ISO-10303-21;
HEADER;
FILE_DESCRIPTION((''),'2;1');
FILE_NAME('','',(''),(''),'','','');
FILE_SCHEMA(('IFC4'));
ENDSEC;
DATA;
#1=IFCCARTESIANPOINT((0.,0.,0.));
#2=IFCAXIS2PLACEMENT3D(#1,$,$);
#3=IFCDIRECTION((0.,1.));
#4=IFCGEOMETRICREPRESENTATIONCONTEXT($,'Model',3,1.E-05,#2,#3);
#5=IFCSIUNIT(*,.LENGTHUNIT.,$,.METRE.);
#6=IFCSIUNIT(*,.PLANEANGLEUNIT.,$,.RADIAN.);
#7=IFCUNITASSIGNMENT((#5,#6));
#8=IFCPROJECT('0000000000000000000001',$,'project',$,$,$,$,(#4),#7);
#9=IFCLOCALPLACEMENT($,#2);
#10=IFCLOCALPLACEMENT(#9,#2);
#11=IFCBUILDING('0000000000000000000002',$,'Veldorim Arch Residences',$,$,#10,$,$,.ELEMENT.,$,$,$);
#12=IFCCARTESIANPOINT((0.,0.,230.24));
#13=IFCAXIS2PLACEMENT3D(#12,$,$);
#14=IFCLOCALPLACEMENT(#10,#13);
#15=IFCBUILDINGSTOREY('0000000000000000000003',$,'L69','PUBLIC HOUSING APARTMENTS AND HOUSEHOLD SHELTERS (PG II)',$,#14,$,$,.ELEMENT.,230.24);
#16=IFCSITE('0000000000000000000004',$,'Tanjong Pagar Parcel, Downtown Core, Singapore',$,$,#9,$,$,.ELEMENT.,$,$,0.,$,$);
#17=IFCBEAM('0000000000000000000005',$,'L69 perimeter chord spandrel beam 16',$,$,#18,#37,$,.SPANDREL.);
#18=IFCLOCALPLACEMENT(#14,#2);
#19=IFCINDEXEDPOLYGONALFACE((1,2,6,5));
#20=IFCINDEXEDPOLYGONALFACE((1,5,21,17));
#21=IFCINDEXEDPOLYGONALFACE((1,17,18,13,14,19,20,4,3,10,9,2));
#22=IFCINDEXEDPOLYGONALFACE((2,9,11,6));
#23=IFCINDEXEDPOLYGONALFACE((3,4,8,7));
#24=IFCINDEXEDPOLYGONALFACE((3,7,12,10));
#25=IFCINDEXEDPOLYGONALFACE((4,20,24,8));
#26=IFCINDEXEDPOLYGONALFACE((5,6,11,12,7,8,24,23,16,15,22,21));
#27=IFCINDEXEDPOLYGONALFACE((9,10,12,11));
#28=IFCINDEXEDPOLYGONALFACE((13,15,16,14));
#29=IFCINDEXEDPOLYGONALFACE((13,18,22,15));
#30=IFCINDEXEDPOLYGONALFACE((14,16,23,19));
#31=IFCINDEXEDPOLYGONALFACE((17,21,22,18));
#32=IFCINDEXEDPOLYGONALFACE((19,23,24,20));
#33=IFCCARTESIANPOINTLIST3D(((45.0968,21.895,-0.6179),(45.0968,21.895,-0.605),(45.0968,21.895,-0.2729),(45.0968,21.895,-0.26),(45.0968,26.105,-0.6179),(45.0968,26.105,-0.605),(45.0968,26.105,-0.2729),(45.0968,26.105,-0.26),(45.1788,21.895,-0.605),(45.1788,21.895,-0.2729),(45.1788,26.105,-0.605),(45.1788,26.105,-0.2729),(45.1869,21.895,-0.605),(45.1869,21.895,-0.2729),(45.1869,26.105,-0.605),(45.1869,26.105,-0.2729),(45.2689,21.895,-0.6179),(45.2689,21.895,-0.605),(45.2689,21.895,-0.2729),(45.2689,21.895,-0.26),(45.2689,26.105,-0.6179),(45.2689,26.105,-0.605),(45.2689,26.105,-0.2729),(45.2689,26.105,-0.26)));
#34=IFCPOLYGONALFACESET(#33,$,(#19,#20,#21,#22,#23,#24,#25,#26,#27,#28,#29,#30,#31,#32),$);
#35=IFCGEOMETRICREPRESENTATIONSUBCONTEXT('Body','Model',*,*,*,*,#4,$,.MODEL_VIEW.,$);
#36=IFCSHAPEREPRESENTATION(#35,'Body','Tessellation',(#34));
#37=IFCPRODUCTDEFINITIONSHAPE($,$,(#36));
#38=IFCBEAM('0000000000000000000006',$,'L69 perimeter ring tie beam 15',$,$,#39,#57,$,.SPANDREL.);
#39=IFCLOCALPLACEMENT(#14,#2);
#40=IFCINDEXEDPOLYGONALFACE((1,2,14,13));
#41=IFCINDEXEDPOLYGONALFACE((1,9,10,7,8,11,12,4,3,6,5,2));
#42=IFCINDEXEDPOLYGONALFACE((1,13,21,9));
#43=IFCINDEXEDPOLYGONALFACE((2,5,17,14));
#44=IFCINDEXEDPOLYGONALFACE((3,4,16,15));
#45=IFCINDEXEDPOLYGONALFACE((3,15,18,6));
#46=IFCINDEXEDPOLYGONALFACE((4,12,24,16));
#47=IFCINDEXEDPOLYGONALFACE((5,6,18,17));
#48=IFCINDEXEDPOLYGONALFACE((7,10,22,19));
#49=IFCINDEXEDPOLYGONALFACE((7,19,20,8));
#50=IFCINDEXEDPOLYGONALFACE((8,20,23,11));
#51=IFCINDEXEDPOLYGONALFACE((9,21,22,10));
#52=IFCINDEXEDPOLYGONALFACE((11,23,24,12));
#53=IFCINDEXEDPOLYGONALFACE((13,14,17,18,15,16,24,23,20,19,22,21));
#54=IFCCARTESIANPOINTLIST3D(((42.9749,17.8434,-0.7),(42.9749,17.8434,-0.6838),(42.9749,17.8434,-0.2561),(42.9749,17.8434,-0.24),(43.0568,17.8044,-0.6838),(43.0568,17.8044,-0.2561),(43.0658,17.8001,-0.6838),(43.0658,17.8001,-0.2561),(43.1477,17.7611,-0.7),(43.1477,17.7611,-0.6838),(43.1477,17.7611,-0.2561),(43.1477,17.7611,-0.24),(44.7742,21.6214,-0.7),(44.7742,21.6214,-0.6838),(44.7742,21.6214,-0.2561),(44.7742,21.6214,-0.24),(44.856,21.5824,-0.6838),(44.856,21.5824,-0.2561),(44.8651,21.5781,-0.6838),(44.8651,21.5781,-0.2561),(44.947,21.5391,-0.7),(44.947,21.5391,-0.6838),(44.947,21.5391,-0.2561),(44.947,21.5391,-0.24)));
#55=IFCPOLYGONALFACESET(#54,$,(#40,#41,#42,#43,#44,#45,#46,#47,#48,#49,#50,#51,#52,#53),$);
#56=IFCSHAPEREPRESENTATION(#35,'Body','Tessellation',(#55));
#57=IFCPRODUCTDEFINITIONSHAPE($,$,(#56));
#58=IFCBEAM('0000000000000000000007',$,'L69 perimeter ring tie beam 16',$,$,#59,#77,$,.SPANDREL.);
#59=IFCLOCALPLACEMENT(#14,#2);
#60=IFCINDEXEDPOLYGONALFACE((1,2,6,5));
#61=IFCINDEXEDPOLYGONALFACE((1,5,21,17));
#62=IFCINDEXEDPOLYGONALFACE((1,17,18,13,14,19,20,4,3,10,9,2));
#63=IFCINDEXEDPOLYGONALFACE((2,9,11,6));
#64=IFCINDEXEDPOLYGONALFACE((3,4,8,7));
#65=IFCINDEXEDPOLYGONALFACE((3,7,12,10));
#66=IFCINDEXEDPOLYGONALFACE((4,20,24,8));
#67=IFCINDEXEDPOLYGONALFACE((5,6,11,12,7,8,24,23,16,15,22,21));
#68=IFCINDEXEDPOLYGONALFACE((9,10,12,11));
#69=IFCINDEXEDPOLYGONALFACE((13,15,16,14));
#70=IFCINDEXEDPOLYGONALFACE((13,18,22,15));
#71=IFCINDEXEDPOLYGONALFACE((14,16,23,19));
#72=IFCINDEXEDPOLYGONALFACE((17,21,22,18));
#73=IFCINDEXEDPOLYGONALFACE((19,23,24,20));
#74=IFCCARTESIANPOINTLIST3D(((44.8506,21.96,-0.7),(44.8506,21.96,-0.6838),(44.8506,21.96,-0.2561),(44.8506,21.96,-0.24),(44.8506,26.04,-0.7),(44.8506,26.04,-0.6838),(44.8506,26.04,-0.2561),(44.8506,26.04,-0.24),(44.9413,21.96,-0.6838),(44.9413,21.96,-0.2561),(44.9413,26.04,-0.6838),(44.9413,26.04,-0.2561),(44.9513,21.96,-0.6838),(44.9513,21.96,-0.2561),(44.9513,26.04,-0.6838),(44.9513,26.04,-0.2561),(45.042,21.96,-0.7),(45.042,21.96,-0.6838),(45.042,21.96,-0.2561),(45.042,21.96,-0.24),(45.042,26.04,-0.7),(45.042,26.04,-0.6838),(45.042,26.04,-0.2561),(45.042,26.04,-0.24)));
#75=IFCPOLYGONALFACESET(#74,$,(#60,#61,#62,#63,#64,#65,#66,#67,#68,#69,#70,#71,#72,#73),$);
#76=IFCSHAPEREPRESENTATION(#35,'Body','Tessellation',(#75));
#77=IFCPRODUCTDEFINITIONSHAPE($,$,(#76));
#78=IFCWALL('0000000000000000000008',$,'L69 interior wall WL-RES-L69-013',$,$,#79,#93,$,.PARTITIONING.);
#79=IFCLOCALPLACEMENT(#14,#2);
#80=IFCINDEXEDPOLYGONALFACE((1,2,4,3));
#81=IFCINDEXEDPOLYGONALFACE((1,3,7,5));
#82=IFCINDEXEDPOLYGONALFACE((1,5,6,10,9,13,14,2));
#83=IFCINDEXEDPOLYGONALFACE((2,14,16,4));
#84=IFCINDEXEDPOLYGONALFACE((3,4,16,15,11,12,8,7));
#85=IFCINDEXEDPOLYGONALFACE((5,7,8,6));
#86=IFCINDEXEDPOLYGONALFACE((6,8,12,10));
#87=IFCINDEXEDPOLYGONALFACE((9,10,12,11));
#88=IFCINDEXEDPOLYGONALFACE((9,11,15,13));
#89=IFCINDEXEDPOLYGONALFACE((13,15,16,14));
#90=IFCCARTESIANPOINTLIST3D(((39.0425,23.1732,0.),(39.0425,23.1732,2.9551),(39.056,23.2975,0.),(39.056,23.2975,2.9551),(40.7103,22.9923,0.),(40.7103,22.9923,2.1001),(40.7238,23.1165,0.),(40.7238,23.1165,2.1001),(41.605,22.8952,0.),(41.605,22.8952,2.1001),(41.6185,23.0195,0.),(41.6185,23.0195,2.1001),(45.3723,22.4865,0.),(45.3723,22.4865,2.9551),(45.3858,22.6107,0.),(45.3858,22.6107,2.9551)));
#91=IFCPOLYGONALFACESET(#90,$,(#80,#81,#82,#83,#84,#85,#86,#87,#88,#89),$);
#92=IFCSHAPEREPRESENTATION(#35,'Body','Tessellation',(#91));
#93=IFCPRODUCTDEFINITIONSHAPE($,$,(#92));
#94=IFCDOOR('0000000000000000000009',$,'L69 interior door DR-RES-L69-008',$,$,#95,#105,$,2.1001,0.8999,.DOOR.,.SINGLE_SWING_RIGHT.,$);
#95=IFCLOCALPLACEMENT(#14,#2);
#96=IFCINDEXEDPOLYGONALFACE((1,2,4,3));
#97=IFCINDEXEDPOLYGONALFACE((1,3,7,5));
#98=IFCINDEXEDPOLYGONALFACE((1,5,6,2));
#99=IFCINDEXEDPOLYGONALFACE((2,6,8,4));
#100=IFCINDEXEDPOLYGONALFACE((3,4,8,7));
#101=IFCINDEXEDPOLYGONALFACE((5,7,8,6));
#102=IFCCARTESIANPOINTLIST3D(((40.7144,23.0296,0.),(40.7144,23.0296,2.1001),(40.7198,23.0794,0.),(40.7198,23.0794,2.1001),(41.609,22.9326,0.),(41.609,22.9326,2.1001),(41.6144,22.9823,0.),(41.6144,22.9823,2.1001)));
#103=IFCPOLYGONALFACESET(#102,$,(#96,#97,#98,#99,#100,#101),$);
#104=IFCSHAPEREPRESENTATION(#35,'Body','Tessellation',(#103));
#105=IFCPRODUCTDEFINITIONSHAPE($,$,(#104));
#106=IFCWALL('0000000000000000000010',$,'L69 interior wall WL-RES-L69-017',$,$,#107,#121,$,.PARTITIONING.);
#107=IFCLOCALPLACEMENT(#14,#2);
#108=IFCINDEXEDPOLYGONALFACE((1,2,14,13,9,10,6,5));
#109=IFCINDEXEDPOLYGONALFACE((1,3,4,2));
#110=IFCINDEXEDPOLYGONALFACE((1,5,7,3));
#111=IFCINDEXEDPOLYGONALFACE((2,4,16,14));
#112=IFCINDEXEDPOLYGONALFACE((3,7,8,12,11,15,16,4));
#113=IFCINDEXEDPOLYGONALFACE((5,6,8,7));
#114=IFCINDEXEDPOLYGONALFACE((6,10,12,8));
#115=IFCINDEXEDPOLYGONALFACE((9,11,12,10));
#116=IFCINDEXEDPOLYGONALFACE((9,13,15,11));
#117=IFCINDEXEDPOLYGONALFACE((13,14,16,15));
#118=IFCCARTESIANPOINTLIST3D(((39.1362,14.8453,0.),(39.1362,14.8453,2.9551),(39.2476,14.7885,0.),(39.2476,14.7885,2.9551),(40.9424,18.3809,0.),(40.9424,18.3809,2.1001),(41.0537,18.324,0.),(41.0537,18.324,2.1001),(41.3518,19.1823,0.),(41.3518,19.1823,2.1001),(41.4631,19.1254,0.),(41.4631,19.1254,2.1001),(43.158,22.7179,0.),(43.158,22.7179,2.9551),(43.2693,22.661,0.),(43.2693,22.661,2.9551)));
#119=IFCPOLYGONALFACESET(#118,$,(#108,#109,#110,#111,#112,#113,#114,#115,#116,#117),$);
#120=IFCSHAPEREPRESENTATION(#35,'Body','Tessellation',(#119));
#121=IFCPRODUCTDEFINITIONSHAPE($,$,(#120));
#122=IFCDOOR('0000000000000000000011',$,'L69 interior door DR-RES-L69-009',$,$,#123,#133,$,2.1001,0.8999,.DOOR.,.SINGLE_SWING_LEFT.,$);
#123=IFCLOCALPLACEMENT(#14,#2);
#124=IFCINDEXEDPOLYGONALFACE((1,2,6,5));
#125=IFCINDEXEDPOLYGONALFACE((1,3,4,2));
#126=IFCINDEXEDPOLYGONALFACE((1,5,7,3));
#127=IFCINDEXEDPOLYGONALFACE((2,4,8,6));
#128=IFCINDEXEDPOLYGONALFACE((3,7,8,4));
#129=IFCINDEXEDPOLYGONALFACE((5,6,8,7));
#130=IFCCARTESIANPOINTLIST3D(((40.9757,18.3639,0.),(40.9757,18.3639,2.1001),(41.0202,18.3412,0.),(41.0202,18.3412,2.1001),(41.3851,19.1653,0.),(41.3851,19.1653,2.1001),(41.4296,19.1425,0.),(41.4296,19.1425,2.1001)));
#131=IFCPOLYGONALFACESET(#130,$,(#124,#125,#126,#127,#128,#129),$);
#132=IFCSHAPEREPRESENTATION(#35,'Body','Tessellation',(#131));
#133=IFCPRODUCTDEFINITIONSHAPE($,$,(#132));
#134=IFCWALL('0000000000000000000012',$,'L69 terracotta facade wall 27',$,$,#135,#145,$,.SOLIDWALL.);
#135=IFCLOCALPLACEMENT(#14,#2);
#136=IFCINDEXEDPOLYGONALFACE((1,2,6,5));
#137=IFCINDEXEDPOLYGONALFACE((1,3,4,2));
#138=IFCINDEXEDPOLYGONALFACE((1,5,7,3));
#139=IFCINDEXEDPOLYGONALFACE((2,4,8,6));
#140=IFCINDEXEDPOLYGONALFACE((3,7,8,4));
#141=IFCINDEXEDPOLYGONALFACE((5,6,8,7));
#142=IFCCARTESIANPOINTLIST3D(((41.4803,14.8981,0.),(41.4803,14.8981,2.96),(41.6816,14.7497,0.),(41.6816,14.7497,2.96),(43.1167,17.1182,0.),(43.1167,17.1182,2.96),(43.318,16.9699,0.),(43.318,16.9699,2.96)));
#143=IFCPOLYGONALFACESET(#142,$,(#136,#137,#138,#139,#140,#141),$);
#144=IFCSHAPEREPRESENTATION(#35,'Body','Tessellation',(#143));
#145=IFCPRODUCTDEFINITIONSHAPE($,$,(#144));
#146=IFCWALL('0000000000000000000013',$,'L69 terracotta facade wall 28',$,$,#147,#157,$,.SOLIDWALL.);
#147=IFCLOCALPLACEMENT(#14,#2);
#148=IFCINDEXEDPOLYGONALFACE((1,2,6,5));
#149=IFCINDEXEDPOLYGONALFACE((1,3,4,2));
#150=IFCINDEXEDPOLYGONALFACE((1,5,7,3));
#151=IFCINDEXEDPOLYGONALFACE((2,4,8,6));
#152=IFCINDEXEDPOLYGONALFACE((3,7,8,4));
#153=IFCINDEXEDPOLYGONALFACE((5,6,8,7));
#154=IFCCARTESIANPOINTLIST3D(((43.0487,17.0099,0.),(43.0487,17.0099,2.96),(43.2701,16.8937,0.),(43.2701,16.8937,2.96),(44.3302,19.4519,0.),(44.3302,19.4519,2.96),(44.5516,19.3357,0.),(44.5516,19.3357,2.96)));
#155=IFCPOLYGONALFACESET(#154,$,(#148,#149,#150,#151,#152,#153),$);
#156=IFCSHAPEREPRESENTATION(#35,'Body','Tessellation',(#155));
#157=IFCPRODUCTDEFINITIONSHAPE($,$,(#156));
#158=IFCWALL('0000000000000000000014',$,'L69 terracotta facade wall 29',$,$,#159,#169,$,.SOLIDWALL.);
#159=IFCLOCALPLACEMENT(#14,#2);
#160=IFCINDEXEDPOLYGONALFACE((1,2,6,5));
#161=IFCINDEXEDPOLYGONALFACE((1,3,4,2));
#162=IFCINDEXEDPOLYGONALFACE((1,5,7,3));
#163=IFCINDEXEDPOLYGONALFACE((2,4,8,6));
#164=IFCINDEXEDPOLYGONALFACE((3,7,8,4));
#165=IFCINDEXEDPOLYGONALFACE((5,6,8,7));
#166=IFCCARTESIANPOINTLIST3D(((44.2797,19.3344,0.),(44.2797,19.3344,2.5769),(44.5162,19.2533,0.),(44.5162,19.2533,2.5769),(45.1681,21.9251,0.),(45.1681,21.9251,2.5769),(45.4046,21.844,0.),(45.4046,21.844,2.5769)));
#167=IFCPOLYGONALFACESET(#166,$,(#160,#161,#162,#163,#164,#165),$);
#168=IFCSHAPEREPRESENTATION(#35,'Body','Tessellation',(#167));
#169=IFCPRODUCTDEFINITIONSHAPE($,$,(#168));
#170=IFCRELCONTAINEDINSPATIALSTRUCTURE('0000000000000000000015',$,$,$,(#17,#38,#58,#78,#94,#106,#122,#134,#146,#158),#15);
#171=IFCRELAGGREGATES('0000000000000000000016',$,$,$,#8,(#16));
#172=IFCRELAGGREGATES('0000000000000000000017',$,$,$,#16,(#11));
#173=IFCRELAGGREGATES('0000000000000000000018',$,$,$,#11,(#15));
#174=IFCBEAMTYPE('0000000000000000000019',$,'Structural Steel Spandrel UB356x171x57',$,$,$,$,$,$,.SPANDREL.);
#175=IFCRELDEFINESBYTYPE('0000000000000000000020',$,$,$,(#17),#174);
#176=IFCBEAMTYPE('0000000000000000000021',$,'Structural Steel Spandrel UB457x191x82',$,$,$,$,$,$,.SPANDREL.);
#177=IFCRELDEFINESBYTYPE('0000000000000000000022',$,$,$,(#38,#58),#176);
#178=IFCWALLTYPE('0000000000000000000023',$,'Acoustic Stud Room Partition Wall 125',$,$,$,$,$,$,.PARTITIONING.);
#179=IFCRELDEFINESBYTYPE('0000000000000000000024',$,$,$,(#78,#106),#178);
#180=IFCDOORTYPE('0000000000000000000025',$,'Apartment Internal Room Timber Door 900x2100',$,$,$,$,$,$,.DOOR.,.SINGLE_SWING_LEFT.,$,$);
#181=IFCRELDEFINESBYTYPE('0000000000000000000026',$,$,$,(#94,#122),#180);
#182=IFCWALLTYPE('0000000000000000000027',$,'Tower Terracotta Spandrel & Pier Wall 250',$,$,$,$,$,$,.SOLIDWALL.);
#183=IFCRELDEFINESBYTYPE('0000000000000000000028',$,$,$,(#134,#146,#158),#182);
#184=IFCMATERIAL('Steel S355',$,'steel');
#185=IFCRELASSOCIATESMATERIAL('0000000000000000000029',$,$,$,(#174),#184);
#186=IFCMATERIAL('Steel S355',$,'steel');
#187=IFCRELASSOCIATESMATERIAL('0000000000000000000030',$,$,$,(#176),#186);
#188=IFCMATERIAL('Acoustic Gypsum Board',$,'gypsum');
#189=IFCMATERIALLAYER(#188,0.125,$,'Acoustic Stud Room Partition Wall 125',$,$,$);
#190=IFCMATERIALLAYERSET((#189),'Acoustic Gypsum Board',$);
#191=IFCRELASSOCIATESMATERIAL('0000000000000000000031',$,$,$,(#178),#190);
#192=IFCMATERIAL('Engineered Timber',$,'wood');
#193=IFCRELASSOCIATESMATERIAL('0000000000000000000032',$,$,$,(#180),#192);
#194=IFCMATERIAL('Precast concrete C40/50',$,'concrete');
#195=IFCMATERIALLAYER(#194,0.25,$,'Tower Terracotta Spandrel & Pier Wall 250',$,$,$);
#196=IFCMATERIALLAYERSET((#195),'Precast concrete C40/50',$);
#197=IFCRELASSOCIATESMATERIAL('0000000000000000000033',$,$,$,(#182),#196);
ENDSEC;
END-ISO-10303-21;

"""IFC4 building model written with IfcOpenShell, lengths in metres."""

from ifc_helpers import new_model, si_unit, direction, frame, frame_2d, origin, origin_2d, place, context, subcontext, project, spatial, rectangle, i_section, extrude, material, layer, layer_set, material_profile, profile_set, type_object, element, fill, save


model = new_model("IFC4")

# Units and contexts
model_context = context("Model", 3, precision=1e-05, world=origin(), true_north=direction((0.0, 1.0)))
body_context = subcontext(model_context, "Body", "Model", "MODEL_VIEW")
ifc_project = project(units=[si_unit("LENGTHUNIT", "METRE"), si_unit("PLANEANGLEUNIT", "RADIAN")], contexts=[model_context])

# Site, building, storey
site_placement = place(None, origin())
site = spatial("IfcSite", under=ifc_project, at=site_placement, Name="Tanjong Pagar Parcel, Downtown Core, Singapore", CompositionType="ELEMENT", RefElevation=0.0)
building_placement = place(site_placement, origin())
building = spatial("IfcBuilding", under=site, at=building_placement, Name="Veldorim Arch Residences", CompositionType="ELEMENT")
storey_placement = place(building_placement, frame((0.0, 0.0, 230.24)))
storey = spatial("IfcBuildingStorey", under=building, at=storey_placement, Name="L69", Description="PUBLIC HOUSING APARTMENTS AND HOUSEHOLD SHELTERS (PG II)", CompositionType="ELEMENT", Elevation=230.24)

# Beams
ifc_material_1 = material(Name="Steel S355", Category="steel")
ifc_material_profile_1 = material_profile(ifc_material_1, i_section(OverallWidth=0.1721, OverallDepth=0.3579, WebThickness=0.0081, FlangeThickness=0.0129, at=origin_2d()), Name="UB356x171x57")
ifc_profile_set_1 = profile_set([ifc_material_profile_1], Name="Steel S355")
beam_type_1 = type_object("IfcBeamType", Name="Structural Steel Spandrel UB356x171x57", PredefinedType="SPANDREL", material=ifc_profile_set_1)
beam_1_placement = place(storey_placement, frame((45.1829, 21.895, -0.439), z_axis=(0.0, 1.0, 0.0), x_axis=(-1.0, 0.0, 0.0)))
element("IfcBeam", 1, at=beam_1_placement, inside=storey, type_object=beam_type_1, Name="L69 perimeter chord spandrel beam 16", PredefinedType="SPANDREL", context=body_context, shape_type="SweptSolid", body=[
    extrude(i_section(OverallWidth=0.1721, OverallDepth=0.3579, WebThickness=0.0081, FlangeThickness=0.0129, at=origin_2d()), origin(), (0.0, 0.0, 1.0), 4.21),
])
ifc_material_2 = material(Name="Steel S355", Category="steel")
ifc_material_profile_2 = material_profile(ifc_material_2, i_section(OverallWidth=0.1914, OverallDepth=0.46, WebThickness=0.01, FlangeThickness=0.0161, at=origin_2d()), Name="UB457x191x82")
ifc_profile_set_2 = profile_set([ifc_material_profile_2], Name="Steel S355")
beam_type_2 = type_object("IfcBeamType", Name="Structural Steel Spandrel UB457x191x82", PredefinedType="SPANDREL", material=ifc_profile_set_2)
beam_2_placement = place(storey_placement, frame((43.0613, 17.8022, -0.47), z_axis=(0.429979, 0.902839, 0.0), x_axis=(-0.902839, 0.429979, 0.0)))
element("IfcBeam", 2, at=beam_2_placement, inside=storey, type_object=beam_type_2, Name="L69 perimeter ring tie beam 15", PredefinedType="SPANDREL", context=body_context, shape_type="SweptSolid", body=[
    extrude(i_section(OverallWidth=0.1914, OverallDepth=0.46, WebThickness=0.01, FlangeThickness=0.0161, at=origin_2d()), origin(), (0.0, 0.0, 1.0), 4.1846),
])
beam_3_placement = place(storey_placement, frame((44.9463, 21.96, -0.47), z_axis=(0.0, 1.0, 0.0), x_axis=(-1.0, 0.0, 0.0)))
element("IfcBeam", 3, at=beam_3_placement, inside=storey, type_object=beam_type_2, Name="L69 perimeter ring tie beam 16", PredefinedType="SPANDREL", context=body_context, shape_type="SweptSolid", body=[
    extrude(i_section(OverallWidth=0.1914, OverallDepth=0.46, WebThickness=0.01, FlangeThickness=0.0161, at=origin_2d()), origin(), (0.0, 0.0, 1.0), 4.0801),
])

# Walls, openings, doors
ifc_material_3 = material(Name="Acoustic Gypsum Board", Category="gypsum")
ifc_layer_1 = layer(ifc_material_3, 0.125, Name="Acoustic Stud Room Partition Wall 125")
ifc_layer_set_1 = layer_set([ifc_layer_1], Name="Acoustic Gypsum Board")
wall_type_1 = type_object("IfcWallType", Name="Acoustic Stud Room Partition Wall 125", PredefinedType="PARTITIONING", material=ifc_layer_set_1)
wall_1_placement = place(storey_placement, frame((45.3792, 22.5486, 0.0), z_axis=(0.0, 0.0, 1.0), x_axis=(-0.994166, 0.107864, 0.0)))
wall_1 = element("IfcWall", 4, at=wall_1_placement, inside=storey, type_object=wall_type_1, Name="L69 interior wall WL-RES-L69-013", PredefinedType="PARTITIONING", context=body_context, shape_type="SweptSolid", body=[
    extrude(rectangle(XDim=6.3669, YDim=0.125, at=frame_2d((3.1836, 0.0))), origin(), (0.0, 0.0, 1.0), 2.9551),
])
opening_1_placement = place(wall_1_placement, frame((3.7896, 0.0, 0.0)))
opening_1 = element("IfcOpeningElement", 5, at=opening_1_placement, cuts=wall_1, PredefinedType="OPENING", context=body_context, shape_type="SweptSolid", body=[
    extrude(rectangle(XDim=0.8999, YDim=2.1001, at=frame_2d((0.45, 1.05))), frame((0.0, 0.0725, 0.0), z_axis=(0.0, -1.0, 0.0), x_axis=(1.0, 0.0, 0.0)), (0.0, 0.0, 1.0), 0.145),
])
ifc_material_4 = material(Name="Engineered Timber", Category="wood")
door_type = type_object("IfcDoorType", Name="Apartment Internal Room Timber Door 900x2100", OperationType="SINGLE_SWING_LEFT", PredefinedType="DOOR", material=ifc_material_4)
door_1_placement = place(opening_1_placement, origin())
door_1 = element("IfcDoor", 6, at=door_1_placement, inside=storey, type_object=door_type, Name="L69 interior door DR-RES-L69-008", OperationType="SINGLE_SWING_RIGHT", OverallHeight=2.1001, OverallWidth=0.8999, PredefinedType="DOOR", context=body_context, shape_type="SweptSolid", body=[
    extrude(rectangle(XDim=0.8999, YDim=2.1001, at=frame_2d((0.45, 1.05))), frame((0.0, 0.0249, 0.0), z_axis=(0.0, -1.0, 0.0), x_axis=(1.0, 0.0, 0.0)), (0.0, 0.0, 1.0), 0.05),
])
fill(opening_1, door_1)
wall_2_placement = place(storey_placement, frame((43.2136, 22.6895, 0.0), z_axis=(0.0, 0.0, 1.0), x_axis=(-0.45493, -0.890527, 0.0)))
wall_2 = element("IfcWall", 7, at=wall_2_placement, inside=storey, type_object=wall_type_1, Name="L69 interior wall WL-RES-L69-017", PredefinedType="PARTITIONING", context=body_context, shape_type="SweptSolid", body=[
    extrude(rectangle(XDim=8.8403, YDim=0.125, at=frame_2d((4.4202, 0.0))), origin(), (0.0, 0.0, 1.0), 2.9551),
])
opening_2_placement = place(wall_2_placement, frame((3.9702, 0.0, 0.0)))
opening_2 = element("IfcOpeningElement", 8, at=opening_2_placement, cuts=wall_2, PredefinedType="OPENING", context=body_context, shape_type="SweptSolid", body=[
    extrude(rectangle(XDim=0.8999, YDim=2.1001, at=frame_2d((0.45, 1.05))), frame((0.0, 0.0725, 0.0), z_axis=(0.0, -1.0, 0.0), x_axis=(1.0, 0.0, 0.0)), (0.0, 0.0, 1.0), 0.145),
])
door_2_placement = place(opening_2_placement, origin())
door_2 = element("IfcDoor", 9, at=door_2_placement, inside=storey, type_object=door_type, Name="L69 interior door DR-RES-L69-009", OperationType="SINGLE_SWING_LEFT", OverallHeight=2.1001, OverallWidth=0.8999, PredefinedType="DOOR", context=body_context, shape_type="SweptSolid", body=[
    extrude(rectangle(XDim=0.8999, YDim=2.1001, at=frame_2d((0.45, 1.05))), frame((0.0, 0.0249, 0.0), z_axis=(0.0, -1.0, 0.0), x_axis=(1.0, 0.0, 0.0)), (0.0, 0.0, 1.0), 0.05),
])
fill(opening_2, door_2)

# Walls
ifc_material_5 = material(Name="Precast concrete C40/50", Category="concrete")
ifc_layer_2 = layer(ifc_material_5, 0.25, Name="Tower Terracotta Spandrel & Pier Wall 250")
ifc_layer_set_2 = layer_set([ifc_layer_2], Name="Precast concrete C40/50")
wall_type_2 = type_object("IfcWallType", Name="Tower Terracotta Spandrel & Pier Wall 250", PredefinedType="SOLIDWALL", material=ifc_layer_set_2)
wall_3_placement = place(storey_placement, frame((43.2173, 17.0439, 0.0), z_axis=(0.0, 0.0, 1.0), x_axis=(-0.593323, -0.804965, 0.0)))
element("IfcWall", 10, at=wall_3_placement, inside=storey, type_object=wall_type_2, Name="L69 terracotta facade wall 27", PredefinedType="SOLIDWALL", context=body_context, shape_type="SweptSolid", body=[
    extrude(rectangle(XDim=2.7581, YDim=0.25, at=frame_2d((1.3789, 0.0))), origin(), (0.0, 0.0, 1.0), 2.96),
])
wall_4_placement = place(storey_placement, frame((44.4409, 19.3938, 0.0), z_axis=(0.0, 0.0, 1.0), x_axis=(-0.464692, -0.885473, 0.0)))
element("IfcWall", 11, at=wall_4_placement, inside=storey, type_object=wall_type_2, Name="L69 terracotta facade wall 28", PredefinedType="SOLIDWALL", context=body_context, shape_type="SweptSolid", body=[
    extrude(rectangle(XDim=2.7578, YDim=0.25, at=frame_2d((1.3789, 0.0))), origin(), (0.0, 0.0, 1.0), 2.96),
])
wall_5_placement = place(storey_placement, frame((45.2864, 21.8845, 0.0), z_axis=(0.0, 0.0, 1.0), x_axis=(-0.3244, -0.94592, 0.0)))
element("IfcWall", 12, at=wall_5_placement, inside=storey, type_object=wall_type_2, Name="L69 terracotta facade wall 29", PredefinedType="SOLIDWALL", context=body_context, shape_type="SweptSolid", body=[
    extrude(rectangle(XDim=2.7388, YDim=0.25, at=frame_2d((1.3694, 0.0))), origin(), (0.0, 0.0, 1.0), 2.5769),
])

save(model, "model.ifc")
